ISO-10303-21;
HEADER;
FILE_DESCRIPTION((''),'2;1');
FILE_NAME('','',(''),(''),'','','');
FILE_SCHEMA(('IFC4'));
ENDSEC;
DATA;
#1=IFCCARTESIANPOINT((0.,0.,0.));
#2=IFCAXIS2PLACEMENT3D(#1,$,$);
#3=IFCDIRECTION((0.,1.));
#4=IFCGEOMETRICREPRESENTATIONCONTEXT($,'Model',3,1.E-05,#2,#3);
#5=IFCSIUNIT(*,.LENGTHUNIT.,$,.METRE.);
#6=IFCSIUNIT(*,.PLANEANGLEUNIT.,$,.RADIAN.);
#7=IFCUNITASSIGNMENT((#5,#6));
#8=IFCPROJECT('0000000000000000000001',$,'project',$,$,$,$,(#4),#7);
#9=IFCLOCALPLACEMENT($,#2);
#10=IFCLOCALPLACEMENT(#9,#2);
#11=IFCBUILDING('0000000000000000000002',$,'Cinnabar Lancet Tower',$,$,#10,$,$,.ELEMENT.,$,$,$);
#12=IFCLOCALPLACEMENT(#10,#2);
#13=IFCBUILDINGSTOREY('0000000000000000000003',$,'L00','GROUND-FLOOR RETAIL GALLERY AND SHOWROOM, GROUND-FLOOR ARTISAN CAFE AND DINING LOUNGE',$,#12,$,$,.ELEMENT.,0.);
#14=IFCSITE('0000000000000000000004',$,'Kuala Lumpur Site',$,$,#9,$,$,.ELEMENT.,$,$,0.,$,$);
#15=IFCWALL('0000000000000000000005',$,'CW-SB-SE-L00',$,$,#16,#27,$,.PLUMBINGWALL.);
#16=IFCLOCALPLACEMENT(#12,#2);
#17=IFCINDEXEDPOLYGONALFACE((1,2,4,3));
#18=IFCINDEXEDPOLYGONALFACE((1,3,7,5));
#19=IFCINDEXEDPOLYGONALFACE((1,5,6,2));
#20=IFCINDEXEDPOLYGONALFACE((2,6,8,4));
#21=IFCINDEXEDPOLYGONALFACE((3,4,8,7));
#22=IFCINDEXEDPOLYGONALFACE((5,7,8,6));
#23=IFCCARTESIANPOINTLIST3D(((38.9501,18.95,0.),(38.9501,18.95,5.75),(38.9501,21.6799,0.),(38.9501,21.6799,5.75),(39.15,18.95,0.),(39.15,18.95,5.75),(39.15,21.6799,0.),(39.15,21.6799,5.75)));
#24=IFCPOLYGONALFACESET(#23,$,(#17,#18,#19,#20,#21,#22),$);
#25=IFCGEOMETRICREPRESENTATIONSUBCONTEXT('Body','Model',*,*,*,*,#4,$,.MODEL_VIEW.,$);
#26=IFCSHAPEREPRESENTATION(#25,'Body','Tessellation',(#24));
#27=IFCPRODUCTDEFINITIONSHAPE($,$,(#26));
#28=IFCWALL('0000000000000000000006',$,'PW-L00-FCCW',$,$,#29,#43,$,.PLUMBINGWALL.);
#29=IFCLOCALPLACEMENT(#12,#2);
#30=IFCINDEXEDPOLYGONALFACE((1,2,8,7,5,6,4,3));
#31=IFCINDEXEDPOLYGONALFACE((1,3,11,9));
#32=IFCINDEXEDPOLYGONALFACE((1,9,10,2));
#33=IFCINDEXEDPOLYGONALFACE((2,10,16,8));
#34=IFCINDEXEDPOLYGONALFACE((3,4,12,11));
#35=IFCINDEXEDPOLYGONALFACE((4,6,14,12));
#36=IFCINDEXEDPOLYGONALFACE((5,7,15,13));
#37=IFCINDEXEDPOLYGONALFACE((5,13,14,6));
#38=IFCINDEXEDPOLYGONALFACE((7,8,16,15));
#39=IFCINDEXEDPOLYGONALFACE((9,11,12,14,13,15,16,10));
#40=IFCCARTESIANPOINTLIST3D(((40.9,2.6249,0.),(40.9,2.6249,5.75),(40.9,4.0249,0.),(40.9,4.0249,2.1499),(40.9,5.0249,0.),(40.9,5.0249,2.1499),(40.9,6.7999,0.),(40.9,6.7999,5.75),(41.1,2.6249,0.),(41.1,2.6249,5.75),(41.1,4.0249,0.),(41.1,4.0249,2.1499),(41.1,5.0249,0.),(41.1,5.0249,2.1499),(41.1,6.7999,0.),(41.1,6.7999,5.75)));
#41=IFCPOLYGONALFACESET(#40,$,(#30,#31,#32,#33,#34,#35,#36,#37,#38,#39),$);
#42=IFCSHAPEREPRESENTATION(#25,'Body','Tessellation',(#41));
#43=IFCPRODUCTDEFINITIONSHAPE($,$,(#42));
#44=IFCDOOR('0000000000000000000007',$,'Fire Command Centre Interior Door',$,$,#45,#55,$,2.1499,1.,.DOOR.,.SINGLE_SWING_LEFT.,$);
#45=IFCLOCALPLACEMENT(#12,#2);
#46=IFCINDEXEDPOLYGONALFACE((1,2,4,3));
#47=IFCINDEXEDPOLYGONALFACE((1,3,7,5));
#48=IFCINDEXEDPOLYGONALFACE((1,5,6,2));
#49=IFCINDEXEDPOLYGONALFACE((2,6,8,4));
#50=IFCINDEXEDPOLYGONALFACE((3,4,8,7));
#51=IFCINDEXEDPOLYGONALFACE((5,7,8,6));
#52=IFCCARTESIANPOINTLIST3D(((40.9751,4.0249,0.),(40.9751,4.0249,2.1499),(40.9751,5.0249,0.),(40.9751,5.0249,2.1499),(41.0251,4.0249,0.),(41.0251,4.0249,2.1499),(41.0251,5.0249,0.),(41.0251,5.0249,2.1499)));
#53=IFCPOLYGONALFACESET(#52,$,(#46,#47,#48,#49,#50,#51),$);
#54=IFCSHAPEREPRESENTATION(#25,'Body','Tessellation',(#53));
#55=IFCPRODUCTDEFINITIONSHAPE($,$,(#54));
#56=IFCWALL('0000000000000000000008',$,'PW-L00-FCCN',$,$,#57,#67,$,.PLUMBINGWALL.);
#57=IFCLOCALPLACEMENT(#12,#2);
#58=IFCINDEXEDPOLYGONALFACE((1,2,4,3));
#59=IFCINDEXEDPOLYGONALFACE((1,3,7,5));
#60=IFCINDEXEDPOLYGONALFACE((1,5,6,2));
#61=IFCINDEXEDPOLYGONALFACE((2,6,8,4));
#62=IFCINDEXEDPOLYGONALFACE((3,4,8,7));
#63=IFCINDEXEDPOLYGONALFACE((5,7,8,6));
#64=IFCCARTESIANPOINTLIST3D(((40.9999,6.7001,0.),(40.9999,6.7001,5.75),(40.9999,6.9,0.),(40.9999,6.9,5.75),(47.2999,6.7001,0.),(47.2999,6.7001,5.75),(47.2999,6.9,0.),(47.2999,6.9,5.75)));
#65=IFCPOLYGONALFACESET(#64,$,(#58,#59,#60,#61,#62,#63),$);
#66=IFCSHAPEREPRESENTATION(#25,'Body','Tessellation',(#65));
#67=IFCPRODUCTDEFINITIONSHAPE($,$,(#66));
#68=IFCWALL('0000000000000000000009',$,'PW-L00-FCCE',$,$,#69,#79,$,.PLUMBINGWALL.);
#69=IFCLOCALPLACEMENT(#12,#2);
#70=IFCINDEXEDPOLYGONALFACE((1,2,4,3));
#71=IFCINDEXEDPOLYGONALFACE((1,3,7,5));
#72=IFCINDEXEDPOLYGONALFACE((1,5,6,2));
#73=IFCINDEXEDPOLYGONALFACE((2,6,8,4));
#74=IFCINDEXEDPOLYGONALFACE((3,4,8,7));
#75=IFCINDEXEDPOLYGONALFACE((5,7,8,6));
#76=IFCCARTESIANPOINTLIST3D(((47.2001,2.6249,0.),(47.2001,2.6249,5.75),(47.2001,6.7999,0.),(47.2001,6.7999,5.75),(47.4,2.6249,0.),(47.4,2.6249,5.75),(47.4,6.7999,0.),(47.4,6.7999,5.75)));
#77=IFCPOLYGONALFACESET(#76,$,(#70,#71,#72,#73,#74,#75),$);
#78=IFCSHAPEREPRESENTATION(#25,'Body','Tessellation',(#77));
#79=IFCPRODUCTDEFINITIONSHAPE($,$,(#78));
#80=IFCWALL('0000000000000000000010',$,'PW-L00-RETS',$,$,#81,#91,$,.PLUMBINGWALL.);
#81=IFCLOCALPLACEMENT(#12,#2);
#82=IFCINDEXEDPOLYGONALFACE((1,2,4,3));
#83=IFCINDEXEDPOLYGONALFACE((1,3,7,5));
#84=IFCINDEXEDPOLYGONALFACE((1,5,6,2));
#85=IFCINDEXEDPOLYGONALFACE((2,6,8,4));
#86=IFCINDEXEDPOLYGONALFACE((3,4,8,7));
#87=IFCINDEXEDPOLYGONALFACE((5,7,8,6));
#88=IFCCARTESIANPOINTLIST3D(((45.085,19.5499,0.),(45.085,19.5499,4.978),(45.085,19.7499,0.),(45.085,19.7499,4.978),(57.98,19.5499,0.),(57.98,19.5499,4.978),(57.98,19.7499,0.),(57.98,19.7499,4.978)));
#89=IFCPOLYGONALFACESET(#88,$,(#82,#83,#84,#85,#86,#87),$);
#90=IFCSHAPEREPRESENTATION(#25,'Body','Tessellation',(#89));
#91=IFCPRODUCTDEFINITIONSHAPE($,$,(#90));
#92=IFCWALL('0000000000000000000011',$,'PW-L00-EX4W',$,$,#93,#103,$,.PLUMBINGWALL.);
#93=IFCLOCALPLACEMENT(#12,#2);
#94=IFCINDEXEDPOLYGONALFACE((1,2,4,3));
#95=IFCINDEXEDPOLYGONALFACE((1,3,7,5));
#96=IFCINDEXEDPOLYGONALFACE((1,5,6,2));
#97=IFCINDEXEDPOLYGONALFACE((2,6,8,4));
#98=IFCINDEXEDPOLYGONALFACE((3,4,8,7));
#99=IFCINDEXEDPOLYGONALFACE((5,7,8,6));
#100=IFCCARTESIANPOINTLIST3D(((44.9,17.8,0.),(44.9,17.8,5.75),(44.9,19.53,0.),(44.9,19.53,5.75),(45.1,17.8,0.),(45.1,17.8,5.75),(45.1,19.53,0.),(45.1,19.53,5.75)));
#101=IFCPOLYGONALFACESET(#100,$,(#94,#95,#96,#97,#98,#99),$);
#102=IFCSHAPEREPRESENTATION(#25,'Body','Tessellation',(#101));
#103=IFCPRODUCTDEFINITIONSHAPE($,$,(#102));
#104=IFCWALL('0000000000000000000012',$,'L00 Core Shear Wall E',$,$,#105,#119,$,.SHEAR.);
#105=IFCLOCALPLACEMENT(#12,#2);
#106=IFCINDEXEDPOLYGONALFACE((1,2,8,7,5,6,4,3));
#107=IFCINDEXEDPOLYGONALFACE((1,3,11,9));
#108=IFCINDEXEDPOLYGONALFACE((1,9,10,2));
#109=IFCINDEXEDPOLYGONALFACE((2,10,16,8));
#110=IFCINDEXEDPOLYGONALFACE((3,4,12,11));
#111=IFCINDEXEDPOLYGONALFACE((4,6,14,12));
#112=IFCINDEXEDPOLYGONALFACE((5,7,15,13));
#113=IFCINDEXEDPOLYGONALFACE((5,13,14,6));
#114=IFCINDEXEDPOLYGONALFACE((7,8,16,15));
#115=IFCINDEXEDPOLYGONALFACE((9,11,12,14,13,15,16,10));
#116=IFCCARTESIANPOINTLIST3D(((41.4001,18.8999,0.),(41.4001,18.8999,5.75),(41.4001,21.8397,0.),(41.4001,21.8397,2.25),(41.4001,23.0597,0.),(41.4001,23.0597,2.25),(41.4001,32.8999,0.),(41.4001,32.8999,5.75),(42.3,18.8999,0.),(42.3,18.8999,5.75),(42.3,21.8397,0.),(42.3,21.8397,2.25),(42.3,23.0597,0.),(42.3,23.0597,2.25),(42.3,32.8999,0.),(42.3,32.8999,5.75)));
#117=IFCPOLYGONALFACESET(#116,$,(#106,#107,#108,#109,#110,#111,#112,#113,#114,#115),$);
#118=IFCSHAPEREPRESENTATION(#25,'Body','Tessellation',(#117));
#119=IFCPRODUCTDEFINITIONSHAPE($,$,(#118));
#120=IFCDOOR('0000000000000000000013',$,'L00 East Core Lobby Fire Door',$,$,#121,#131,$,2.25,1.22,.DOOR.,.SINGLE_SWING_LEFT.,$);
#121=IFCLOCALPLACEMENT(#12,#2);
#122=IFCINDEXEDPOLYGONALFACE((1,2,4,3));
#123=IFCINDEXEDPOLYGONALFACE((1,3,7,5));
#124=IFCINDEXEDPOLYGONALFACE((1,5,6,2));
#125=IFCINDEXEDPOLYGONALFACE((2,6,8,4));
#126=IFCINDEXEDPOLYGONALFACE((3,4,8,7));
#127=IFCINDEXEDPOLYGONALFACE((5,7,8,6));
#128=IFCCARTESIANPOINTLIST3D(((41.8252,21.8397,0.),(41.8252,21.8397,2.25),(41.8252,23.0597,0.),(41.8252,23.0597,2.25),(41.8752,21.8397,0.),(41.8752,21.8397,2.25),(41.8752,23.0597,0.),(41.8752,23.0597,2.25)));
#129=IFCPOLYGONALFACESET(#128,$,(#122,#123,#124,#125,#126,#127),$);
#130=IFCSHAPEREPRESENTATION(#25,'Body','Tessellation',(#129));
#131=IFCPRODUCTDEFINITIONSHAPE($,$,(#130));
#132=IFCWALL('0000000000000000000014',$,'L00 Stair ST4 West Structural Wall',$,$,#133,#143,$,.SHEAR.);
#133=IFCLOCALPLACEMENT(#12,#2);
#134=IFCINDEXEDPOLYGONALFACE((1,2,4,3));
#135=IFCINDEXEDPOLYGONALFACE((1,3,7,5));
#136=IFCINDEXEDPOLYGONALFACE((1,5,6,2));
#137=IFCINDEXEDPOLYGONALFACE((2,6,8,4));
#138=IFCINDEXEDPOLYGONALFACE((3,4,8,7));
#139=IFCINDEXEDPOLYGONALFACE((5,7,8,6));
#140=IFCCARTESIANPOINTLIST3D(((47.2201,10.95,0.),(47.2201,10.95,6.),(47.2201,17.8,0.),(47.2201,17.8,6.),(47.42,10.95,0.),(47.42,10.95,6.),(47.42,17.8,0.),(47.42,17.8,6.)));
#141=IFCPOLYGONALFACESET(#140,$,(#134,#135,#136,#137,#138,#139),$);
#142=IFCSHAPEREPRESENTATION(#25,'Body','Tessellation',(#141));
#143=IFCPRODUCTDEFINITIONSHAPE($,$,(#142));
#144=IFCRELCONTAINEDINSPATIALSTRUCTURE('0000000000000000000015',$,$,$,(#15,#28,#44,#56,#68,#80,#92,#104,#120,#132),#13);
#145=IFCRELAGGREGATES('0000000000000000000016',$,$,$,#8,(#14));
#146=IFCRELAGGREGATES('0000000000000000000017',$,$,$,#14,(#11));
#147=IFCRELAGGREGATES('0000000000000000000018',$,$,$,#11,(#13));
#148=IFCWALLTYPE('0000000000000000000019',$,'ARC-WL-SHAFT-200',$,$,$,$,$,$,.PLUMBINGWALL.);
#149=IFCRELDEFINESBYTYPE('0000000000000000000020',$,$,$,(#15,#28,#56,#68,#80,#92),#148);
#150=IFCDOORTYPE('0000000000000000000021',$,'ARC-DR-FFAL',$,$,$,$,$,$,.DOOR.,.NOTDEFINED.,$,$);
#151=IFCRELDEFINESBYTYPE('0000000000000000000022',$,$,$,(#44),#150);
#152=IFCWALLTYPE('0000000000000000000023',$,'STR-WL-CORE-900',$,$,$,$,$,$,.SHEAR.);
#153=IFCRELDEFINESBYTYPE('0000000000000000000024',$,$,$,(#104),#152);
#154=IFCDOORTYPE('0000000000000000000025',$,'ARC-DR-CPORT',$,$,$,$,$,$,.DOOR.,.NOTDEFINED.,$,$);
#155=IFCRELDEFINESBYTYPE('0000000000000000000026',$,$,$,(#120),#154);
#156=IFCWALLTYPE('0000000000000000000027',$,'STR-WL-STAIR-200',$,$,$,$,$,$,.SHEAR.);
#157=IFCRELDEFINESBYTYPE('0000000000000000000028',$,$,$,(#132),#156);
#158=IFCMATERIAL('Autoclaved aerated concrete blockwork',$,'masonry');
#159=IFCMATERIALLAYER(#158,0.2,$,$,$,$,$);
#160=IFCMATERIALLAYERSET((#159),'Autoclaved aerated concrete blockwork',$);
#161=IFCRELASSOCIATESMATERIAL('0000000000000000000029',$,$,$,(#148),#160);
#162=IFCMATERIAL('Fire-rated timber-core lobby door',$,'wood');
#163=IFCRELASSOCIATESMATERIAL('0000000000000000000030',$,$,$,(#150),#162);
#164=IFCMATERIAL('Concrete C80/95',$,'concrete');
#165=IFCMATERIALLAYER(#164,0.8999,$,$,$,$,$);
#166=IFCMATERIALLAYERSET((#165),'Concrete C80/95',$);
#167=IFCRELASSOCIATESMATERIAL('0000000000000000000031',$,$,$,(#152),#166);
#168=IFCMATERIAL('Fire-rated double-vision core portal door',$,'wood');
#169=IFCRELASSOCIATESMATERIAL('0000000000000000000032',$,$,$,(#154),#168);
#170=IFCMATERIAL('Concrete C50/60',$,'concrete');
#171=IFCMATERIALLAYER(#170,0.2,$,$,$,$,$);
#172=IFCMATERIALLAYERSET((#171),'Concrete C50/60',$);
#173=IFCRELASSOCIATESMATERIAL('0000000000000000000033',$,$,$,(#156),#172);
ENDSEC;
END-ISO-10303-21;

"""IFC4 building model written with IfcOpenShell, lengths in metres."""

from ifc_helpers import new_model, si_unit, direction, frame, frame_2d, origin, place, context, subcontext, project, spatial, rectangle, extrude, material, layer, layer_set, type_object, element, fill, save


model = new_model("IFC4")

# Units and contexts
model_context = context("Model", 3, precision=1e-05, world=origin(), true_north=direction((0.0, 1.0)))
body_context = subcontext(model_context, "Body", "Model", "MODEL_VIEW")
ifc_project = project(units=[si_unit("LENGTHUNIT", "METRE"), si_unit("PLANEANGLEUNIT", "RADIAN")], contexts=[model_context])

# Site, building, storey
site_placement = place(None, origin())
site = spatial("IfcSite", under=ifc_project, at=site_placement, Name="Kuala Lumpur Site", CompositionType="ELEMENT", RefElevation=0.0)
building_placement = place(site_placement, origin())
building = spatial("IfcBuilding", under=site, at=building_placement, Name="Cinnabar Lancet Tower", CompositionType="ELEMENT")
storey_placement = place(building_placement, origin())
storey = spatial("IfcBuildingStorey", under=building, at=storey_placement, Name="L00", Description="GROUND-FLOOR RETAIL GALLERY AND SHOWROOM, GROUND-FLOOR ARTISAN CAFE AND DINING LOUNGE", CompositionType="ELEMENT", Elevation=0.0)

# Wall
ifc_material_1 = material(Name="Autoclaved aerated concrete blockwork", Category="masonry")
ifc_layer_1 = layer(ifc_material_1, 0.2)
ifc_layer_set_1 = layer_set([ifc_layer_1], Name="Autoclaved aerated concrete blockwork")
wall_type_1 = type_object("IfcWallType", Name="ARC-WL-SHAFT-200", PredefinedType="PLUMBINGWALL", material=ifc_layer_set_1)
for number, where, z_axis, x_axis, name in (
    (1, (39.05, 18.95, 0.0), (0.0, 0.0, 1.0), (0.0, 1.0, 0.0), "CW-SB-SE-L00"),
):
    element("IfcWall", number, at=place(storey_placement, frame(where, z_axis=z_axis, x_axis=x_axis)), inside=storey, type_object=wall_type_1, Name=name, PredefinedType="PLUMBINGWALL", context=body_context, shape_type="SweptSolid", body=[
        extrude(rectangle(XDim=2.73, YDim=0.2, at=frame_2d((1.365, 0.0))), origin(), (0.0, 0.0, 1.0), 5.75),
    ])

# Wall, opening, door
wall_1_placement = place(storey_placement, frame((41.0, 2.625, 0.0), z_axis=(0.0, 0.0, 1.0), x_axis=(0.0, 1.0, 0.0)))
wall_1 = element("IfcWall", 2, at=wall_1_placement, inside=storey, type_object=wall_type_1, Name="PW-L00-FCCW", PredefinedType="PLUMBINGWALL", context=body_context, shape_type="SweptSolid", body=[
    extrude(rectangle(XDim=4.175, YDim=0.2, at=frame_2d((2.0874, 0.0))), origin(), (0.0, 0.0, 1.0), 5.75),
])
opening_1_placement = place(wall_1_placement, frame((1.3999, 0.0, 0.0)))
opening_1 = element("IfcOpeningElement", 3, at=opening_1_placement, cuts=wall_1, PredefinedType="OPENING", context=body_context, shape_type="SweptSolid", body=[
    extrude(rectangle(XDim=1.0, YDim=2.1499, at=frame_2d((0.5, 1.075))), frame((0.0, 0.1099, 0.0), z_axis=(0.0, -1.0, 0.0), x_axis=(1.0, 0.0, 0.0)), (0.0, 0.0, 1.0), 0.22),
])
ifc_material_2 = material(Name="Fire-rated timber-core lobby door", Category="wood")
door_type_1 = type_object("IfcDoorType", Name="ARC-DR-FFAL", OperationType="NOTDEFINED", PredefinedType="DOOR", material=ifc_material_2)
door_1_placement = place(opening_1_placement, origin())
door_1 = element("IfcDoor", 4, at=door_1_placement, inside=storey, type_object=door_type_1, Name="Fire Command Centre Interior Door", OperationType="SINGLE_SWING_LEFT", OverallHeight=2.1499, OverallWidth=1.0, PredefinedType="DOOR", context=body_context, shape_type="SweptSolid", body=[
    extrude(rectangle(XDim=1.0, YDim=2.1499, at=frame_2d((0.5, 1.075))), frame((0.0, 0.0249, 0.0), z_axis=(0.0, -1.0, 0.0), x_axis=(1.0, 0.0, 0.0)), (0.0, 0.0, 1.0), 0.05),
])
fill(opening_1, door_1)

# Walls
wall_2_placement = place(storey_placement, frame((41.0, 6.8, 0.0), z_axis=(0.0, 0.0, 1.0), x_axis=(1.0, 0.0, 0.0)))
element("IfcWall", 5, at=wall_2_placement, inside=storey, type_object=wall_type_1, Name="PW-L00-FCCN", PredefinedType="PLUMBINGWALL", context=body_context, shape_type="SweptSolid", body=[
    extrude(rectangle(XDim=6.3, YDim=0.2, at=frame_2d((3.1499, 0.0))), origin(), (0.0, 0.0, 1.0), 5.75),
])
wall_3_placement = place(storey_placement, frame((47.3, 2.625, 0.0), z_axis=(0.0, 0.0, 1.0), x_axis=(0.0, 1.0, 0.0)))
element("IfcWall", 6, at=wall_3_placement, inside=storey, type_object=wall_type_1, Name="PW-L00-FCCE", PredefinedType="PLUMBINGWALL", context=body_context, shape_type="SweptSolid", body=[
    extrude(rectangle(XDim=4.175, YDim=0.2, at=frame_2d((2.0874, 0.0))), origin(), (0.0, 0.0, 1.0), 5.75),
])
wall_4_placement = place(storey_placement, frame((45.085, 19.6499, 0.0), z_axis=(0.0, 0.0, 1.0), x_axis=(1.0, 0.0, 0.0)))
element("IfcWall", 7, at=wall_4_placement, inside=storey, type_object=wall_type_1, Name="PW-L00-RETS", PredefinedType="PLUMBINGWALL", context=body_context, shape_type="SweptSolid", body=[
    extrude(rectangle(XDim=12.895, YDim=0.2, at=frame_2d((6.4475, 0.0))), origin(), (0.0, 0.0, 1.0), 4.978),
])
wall_5_placement = place(storey_placement, frame((45.0, 17.8, 0.0), z_axis=(0.0, 0.0, 1.0), x_axis=(0.0, 1.0, 0.0)))
element("IfcWall", 8, at=wall_5_placement, inside=storey, type_object=wall_type_1, Name="PW-L00-EX4W", PredefinedType="PLUMBINGWALL", context=body_context, shape_type="SweptSolid", body=[
    extrude(rectangle(XDim=1.73, YDim=0.2, at=frame_2d((0.865, 0.0))), origin(), (0.0, 0.0, 1.0), 5.75),
])

# Wall, opening, door
ifc_material_3 = material(Name="Concrete C80/95", Category="concrete")
ifc_layer_2 = layer(ifc_material_3, 0.8999)
ifc_layer_set_2 = layer_set([ifc_layer_2], Name="Concrete C80/95")
wall_type_2 = type_object("IfcWallType", Name="STR-WL-CORE-900", PredefinedType="SHEAR", material=ifc_layer_set_2)
wall_6_placement = place(storey_placement, frame((41.8501, 18.8999, 0.0), z_axis=(0.0, 0.0, 1.0), x_axis=(0.0, 1.0, 0.0)))
wall_6 = element("IfcWall", 9, at=wall_6_placement, inside=storey, type_object=wall_type_2, Name="L00 Core Shear Wall E", PredefinedType="SHEAR", context=body_context, shape_type="SweptSolid", body=[
    extrude(rectangle(XDim=14.0, YDim=0.8999, at=frame_2d((7.0, 0.0))), origin(), (0.0, 0.0, 1.0), 5.75),
])
opening_2_placement = place(wall_6_placement, frame((2.9399, 0.0, 0.0)))
opening_2 = element("IfcOpeningElement", 10, at=opening_2_placement, cuts=wall_6, PredefinedType="OPENING", context=body_context, shape_type="SweptSolid", body=[
    extrude(rectangle(XDim=1.22, YDim=2.25, at=frame_2d((0.6099, 1.125))), frame((0.0, 0.46, 0.0), z_axis=(0.0, -1.0, 0.0), x_axis=(1.0, 0.0, 0.0)), (0.0, 0.0, 1.0), 0.9199),
])
ifc_material_4 = material(Name="Fire-rated double-vision core portal door", Category="wood")
door_type_2 = type_object("IfcDoorType", Name="ARC-DR-CPORT", OperationType="NOTDEFINED", PredefinedType="DOOR", material=ifc_material_4)
door_2_placement = place(opening_2_placement, origin())
door_2 = element("IfcDoor", 11, at=door_2_placement, inside=storey, type_object=door_type_2, Name="L00 East Core Lobby Fire Door", OperationType="SINGLE_SWING_LEFT", OverallHeight=2.25, OverallWidth=1.22, PredefinedType="DOOR", context=body_context, shape_type="SweptSolid", body=[
    extrude(rectangle(XDim=1.22, YDim=2.25, at=frame_2d((0.6099, 1.125))), frame((0.0, 0.0249, 0.0), z_axis=(0.0, -1.0, 0.0), x_axis=(1.0, 0.0, 0.0)), (0.0, 0.0, 1.0), 0.05),
])
fill(opening_2, door_2)

# Wall
ifc_material_5 = material(Name="Concrete C50/60", Category="concrete")
ifc_layer_3 = layer(ifc_material_5, 0.2)
ifc_layer_set_3 = layer_set([ifc_layer_3], Name="Concrete C50/60")
wall_type_3 = type_object("IfcWallType", Name="STR-WL-STAIR-200", PredefinedType="SHEAR", material=ifc_layer_set_3)
wall_7_placement = place(storey_placement, frame((47.3201, 10.95, 0.0), z_axis=(0.0, 0.0, 1.0), x_axis=(0.0, 1.0, 0.0)))
element("IfcWall", 12, at=wall_7_placement, inside=storey, type_object=wall_type_3, Name="L00 Stair ST4 West Structural Wall", PredefinedType="SHEAR", context=body_context, shape_type="SweptSolid", body=[
    extrude(rectangle(XDim=6.8501, YDim=0.2, at=frame_2d((3.425, 0.0))), origin(), (0.0, 0.0, 1.0), 6.0),
])

save(model, "model.ifc")
